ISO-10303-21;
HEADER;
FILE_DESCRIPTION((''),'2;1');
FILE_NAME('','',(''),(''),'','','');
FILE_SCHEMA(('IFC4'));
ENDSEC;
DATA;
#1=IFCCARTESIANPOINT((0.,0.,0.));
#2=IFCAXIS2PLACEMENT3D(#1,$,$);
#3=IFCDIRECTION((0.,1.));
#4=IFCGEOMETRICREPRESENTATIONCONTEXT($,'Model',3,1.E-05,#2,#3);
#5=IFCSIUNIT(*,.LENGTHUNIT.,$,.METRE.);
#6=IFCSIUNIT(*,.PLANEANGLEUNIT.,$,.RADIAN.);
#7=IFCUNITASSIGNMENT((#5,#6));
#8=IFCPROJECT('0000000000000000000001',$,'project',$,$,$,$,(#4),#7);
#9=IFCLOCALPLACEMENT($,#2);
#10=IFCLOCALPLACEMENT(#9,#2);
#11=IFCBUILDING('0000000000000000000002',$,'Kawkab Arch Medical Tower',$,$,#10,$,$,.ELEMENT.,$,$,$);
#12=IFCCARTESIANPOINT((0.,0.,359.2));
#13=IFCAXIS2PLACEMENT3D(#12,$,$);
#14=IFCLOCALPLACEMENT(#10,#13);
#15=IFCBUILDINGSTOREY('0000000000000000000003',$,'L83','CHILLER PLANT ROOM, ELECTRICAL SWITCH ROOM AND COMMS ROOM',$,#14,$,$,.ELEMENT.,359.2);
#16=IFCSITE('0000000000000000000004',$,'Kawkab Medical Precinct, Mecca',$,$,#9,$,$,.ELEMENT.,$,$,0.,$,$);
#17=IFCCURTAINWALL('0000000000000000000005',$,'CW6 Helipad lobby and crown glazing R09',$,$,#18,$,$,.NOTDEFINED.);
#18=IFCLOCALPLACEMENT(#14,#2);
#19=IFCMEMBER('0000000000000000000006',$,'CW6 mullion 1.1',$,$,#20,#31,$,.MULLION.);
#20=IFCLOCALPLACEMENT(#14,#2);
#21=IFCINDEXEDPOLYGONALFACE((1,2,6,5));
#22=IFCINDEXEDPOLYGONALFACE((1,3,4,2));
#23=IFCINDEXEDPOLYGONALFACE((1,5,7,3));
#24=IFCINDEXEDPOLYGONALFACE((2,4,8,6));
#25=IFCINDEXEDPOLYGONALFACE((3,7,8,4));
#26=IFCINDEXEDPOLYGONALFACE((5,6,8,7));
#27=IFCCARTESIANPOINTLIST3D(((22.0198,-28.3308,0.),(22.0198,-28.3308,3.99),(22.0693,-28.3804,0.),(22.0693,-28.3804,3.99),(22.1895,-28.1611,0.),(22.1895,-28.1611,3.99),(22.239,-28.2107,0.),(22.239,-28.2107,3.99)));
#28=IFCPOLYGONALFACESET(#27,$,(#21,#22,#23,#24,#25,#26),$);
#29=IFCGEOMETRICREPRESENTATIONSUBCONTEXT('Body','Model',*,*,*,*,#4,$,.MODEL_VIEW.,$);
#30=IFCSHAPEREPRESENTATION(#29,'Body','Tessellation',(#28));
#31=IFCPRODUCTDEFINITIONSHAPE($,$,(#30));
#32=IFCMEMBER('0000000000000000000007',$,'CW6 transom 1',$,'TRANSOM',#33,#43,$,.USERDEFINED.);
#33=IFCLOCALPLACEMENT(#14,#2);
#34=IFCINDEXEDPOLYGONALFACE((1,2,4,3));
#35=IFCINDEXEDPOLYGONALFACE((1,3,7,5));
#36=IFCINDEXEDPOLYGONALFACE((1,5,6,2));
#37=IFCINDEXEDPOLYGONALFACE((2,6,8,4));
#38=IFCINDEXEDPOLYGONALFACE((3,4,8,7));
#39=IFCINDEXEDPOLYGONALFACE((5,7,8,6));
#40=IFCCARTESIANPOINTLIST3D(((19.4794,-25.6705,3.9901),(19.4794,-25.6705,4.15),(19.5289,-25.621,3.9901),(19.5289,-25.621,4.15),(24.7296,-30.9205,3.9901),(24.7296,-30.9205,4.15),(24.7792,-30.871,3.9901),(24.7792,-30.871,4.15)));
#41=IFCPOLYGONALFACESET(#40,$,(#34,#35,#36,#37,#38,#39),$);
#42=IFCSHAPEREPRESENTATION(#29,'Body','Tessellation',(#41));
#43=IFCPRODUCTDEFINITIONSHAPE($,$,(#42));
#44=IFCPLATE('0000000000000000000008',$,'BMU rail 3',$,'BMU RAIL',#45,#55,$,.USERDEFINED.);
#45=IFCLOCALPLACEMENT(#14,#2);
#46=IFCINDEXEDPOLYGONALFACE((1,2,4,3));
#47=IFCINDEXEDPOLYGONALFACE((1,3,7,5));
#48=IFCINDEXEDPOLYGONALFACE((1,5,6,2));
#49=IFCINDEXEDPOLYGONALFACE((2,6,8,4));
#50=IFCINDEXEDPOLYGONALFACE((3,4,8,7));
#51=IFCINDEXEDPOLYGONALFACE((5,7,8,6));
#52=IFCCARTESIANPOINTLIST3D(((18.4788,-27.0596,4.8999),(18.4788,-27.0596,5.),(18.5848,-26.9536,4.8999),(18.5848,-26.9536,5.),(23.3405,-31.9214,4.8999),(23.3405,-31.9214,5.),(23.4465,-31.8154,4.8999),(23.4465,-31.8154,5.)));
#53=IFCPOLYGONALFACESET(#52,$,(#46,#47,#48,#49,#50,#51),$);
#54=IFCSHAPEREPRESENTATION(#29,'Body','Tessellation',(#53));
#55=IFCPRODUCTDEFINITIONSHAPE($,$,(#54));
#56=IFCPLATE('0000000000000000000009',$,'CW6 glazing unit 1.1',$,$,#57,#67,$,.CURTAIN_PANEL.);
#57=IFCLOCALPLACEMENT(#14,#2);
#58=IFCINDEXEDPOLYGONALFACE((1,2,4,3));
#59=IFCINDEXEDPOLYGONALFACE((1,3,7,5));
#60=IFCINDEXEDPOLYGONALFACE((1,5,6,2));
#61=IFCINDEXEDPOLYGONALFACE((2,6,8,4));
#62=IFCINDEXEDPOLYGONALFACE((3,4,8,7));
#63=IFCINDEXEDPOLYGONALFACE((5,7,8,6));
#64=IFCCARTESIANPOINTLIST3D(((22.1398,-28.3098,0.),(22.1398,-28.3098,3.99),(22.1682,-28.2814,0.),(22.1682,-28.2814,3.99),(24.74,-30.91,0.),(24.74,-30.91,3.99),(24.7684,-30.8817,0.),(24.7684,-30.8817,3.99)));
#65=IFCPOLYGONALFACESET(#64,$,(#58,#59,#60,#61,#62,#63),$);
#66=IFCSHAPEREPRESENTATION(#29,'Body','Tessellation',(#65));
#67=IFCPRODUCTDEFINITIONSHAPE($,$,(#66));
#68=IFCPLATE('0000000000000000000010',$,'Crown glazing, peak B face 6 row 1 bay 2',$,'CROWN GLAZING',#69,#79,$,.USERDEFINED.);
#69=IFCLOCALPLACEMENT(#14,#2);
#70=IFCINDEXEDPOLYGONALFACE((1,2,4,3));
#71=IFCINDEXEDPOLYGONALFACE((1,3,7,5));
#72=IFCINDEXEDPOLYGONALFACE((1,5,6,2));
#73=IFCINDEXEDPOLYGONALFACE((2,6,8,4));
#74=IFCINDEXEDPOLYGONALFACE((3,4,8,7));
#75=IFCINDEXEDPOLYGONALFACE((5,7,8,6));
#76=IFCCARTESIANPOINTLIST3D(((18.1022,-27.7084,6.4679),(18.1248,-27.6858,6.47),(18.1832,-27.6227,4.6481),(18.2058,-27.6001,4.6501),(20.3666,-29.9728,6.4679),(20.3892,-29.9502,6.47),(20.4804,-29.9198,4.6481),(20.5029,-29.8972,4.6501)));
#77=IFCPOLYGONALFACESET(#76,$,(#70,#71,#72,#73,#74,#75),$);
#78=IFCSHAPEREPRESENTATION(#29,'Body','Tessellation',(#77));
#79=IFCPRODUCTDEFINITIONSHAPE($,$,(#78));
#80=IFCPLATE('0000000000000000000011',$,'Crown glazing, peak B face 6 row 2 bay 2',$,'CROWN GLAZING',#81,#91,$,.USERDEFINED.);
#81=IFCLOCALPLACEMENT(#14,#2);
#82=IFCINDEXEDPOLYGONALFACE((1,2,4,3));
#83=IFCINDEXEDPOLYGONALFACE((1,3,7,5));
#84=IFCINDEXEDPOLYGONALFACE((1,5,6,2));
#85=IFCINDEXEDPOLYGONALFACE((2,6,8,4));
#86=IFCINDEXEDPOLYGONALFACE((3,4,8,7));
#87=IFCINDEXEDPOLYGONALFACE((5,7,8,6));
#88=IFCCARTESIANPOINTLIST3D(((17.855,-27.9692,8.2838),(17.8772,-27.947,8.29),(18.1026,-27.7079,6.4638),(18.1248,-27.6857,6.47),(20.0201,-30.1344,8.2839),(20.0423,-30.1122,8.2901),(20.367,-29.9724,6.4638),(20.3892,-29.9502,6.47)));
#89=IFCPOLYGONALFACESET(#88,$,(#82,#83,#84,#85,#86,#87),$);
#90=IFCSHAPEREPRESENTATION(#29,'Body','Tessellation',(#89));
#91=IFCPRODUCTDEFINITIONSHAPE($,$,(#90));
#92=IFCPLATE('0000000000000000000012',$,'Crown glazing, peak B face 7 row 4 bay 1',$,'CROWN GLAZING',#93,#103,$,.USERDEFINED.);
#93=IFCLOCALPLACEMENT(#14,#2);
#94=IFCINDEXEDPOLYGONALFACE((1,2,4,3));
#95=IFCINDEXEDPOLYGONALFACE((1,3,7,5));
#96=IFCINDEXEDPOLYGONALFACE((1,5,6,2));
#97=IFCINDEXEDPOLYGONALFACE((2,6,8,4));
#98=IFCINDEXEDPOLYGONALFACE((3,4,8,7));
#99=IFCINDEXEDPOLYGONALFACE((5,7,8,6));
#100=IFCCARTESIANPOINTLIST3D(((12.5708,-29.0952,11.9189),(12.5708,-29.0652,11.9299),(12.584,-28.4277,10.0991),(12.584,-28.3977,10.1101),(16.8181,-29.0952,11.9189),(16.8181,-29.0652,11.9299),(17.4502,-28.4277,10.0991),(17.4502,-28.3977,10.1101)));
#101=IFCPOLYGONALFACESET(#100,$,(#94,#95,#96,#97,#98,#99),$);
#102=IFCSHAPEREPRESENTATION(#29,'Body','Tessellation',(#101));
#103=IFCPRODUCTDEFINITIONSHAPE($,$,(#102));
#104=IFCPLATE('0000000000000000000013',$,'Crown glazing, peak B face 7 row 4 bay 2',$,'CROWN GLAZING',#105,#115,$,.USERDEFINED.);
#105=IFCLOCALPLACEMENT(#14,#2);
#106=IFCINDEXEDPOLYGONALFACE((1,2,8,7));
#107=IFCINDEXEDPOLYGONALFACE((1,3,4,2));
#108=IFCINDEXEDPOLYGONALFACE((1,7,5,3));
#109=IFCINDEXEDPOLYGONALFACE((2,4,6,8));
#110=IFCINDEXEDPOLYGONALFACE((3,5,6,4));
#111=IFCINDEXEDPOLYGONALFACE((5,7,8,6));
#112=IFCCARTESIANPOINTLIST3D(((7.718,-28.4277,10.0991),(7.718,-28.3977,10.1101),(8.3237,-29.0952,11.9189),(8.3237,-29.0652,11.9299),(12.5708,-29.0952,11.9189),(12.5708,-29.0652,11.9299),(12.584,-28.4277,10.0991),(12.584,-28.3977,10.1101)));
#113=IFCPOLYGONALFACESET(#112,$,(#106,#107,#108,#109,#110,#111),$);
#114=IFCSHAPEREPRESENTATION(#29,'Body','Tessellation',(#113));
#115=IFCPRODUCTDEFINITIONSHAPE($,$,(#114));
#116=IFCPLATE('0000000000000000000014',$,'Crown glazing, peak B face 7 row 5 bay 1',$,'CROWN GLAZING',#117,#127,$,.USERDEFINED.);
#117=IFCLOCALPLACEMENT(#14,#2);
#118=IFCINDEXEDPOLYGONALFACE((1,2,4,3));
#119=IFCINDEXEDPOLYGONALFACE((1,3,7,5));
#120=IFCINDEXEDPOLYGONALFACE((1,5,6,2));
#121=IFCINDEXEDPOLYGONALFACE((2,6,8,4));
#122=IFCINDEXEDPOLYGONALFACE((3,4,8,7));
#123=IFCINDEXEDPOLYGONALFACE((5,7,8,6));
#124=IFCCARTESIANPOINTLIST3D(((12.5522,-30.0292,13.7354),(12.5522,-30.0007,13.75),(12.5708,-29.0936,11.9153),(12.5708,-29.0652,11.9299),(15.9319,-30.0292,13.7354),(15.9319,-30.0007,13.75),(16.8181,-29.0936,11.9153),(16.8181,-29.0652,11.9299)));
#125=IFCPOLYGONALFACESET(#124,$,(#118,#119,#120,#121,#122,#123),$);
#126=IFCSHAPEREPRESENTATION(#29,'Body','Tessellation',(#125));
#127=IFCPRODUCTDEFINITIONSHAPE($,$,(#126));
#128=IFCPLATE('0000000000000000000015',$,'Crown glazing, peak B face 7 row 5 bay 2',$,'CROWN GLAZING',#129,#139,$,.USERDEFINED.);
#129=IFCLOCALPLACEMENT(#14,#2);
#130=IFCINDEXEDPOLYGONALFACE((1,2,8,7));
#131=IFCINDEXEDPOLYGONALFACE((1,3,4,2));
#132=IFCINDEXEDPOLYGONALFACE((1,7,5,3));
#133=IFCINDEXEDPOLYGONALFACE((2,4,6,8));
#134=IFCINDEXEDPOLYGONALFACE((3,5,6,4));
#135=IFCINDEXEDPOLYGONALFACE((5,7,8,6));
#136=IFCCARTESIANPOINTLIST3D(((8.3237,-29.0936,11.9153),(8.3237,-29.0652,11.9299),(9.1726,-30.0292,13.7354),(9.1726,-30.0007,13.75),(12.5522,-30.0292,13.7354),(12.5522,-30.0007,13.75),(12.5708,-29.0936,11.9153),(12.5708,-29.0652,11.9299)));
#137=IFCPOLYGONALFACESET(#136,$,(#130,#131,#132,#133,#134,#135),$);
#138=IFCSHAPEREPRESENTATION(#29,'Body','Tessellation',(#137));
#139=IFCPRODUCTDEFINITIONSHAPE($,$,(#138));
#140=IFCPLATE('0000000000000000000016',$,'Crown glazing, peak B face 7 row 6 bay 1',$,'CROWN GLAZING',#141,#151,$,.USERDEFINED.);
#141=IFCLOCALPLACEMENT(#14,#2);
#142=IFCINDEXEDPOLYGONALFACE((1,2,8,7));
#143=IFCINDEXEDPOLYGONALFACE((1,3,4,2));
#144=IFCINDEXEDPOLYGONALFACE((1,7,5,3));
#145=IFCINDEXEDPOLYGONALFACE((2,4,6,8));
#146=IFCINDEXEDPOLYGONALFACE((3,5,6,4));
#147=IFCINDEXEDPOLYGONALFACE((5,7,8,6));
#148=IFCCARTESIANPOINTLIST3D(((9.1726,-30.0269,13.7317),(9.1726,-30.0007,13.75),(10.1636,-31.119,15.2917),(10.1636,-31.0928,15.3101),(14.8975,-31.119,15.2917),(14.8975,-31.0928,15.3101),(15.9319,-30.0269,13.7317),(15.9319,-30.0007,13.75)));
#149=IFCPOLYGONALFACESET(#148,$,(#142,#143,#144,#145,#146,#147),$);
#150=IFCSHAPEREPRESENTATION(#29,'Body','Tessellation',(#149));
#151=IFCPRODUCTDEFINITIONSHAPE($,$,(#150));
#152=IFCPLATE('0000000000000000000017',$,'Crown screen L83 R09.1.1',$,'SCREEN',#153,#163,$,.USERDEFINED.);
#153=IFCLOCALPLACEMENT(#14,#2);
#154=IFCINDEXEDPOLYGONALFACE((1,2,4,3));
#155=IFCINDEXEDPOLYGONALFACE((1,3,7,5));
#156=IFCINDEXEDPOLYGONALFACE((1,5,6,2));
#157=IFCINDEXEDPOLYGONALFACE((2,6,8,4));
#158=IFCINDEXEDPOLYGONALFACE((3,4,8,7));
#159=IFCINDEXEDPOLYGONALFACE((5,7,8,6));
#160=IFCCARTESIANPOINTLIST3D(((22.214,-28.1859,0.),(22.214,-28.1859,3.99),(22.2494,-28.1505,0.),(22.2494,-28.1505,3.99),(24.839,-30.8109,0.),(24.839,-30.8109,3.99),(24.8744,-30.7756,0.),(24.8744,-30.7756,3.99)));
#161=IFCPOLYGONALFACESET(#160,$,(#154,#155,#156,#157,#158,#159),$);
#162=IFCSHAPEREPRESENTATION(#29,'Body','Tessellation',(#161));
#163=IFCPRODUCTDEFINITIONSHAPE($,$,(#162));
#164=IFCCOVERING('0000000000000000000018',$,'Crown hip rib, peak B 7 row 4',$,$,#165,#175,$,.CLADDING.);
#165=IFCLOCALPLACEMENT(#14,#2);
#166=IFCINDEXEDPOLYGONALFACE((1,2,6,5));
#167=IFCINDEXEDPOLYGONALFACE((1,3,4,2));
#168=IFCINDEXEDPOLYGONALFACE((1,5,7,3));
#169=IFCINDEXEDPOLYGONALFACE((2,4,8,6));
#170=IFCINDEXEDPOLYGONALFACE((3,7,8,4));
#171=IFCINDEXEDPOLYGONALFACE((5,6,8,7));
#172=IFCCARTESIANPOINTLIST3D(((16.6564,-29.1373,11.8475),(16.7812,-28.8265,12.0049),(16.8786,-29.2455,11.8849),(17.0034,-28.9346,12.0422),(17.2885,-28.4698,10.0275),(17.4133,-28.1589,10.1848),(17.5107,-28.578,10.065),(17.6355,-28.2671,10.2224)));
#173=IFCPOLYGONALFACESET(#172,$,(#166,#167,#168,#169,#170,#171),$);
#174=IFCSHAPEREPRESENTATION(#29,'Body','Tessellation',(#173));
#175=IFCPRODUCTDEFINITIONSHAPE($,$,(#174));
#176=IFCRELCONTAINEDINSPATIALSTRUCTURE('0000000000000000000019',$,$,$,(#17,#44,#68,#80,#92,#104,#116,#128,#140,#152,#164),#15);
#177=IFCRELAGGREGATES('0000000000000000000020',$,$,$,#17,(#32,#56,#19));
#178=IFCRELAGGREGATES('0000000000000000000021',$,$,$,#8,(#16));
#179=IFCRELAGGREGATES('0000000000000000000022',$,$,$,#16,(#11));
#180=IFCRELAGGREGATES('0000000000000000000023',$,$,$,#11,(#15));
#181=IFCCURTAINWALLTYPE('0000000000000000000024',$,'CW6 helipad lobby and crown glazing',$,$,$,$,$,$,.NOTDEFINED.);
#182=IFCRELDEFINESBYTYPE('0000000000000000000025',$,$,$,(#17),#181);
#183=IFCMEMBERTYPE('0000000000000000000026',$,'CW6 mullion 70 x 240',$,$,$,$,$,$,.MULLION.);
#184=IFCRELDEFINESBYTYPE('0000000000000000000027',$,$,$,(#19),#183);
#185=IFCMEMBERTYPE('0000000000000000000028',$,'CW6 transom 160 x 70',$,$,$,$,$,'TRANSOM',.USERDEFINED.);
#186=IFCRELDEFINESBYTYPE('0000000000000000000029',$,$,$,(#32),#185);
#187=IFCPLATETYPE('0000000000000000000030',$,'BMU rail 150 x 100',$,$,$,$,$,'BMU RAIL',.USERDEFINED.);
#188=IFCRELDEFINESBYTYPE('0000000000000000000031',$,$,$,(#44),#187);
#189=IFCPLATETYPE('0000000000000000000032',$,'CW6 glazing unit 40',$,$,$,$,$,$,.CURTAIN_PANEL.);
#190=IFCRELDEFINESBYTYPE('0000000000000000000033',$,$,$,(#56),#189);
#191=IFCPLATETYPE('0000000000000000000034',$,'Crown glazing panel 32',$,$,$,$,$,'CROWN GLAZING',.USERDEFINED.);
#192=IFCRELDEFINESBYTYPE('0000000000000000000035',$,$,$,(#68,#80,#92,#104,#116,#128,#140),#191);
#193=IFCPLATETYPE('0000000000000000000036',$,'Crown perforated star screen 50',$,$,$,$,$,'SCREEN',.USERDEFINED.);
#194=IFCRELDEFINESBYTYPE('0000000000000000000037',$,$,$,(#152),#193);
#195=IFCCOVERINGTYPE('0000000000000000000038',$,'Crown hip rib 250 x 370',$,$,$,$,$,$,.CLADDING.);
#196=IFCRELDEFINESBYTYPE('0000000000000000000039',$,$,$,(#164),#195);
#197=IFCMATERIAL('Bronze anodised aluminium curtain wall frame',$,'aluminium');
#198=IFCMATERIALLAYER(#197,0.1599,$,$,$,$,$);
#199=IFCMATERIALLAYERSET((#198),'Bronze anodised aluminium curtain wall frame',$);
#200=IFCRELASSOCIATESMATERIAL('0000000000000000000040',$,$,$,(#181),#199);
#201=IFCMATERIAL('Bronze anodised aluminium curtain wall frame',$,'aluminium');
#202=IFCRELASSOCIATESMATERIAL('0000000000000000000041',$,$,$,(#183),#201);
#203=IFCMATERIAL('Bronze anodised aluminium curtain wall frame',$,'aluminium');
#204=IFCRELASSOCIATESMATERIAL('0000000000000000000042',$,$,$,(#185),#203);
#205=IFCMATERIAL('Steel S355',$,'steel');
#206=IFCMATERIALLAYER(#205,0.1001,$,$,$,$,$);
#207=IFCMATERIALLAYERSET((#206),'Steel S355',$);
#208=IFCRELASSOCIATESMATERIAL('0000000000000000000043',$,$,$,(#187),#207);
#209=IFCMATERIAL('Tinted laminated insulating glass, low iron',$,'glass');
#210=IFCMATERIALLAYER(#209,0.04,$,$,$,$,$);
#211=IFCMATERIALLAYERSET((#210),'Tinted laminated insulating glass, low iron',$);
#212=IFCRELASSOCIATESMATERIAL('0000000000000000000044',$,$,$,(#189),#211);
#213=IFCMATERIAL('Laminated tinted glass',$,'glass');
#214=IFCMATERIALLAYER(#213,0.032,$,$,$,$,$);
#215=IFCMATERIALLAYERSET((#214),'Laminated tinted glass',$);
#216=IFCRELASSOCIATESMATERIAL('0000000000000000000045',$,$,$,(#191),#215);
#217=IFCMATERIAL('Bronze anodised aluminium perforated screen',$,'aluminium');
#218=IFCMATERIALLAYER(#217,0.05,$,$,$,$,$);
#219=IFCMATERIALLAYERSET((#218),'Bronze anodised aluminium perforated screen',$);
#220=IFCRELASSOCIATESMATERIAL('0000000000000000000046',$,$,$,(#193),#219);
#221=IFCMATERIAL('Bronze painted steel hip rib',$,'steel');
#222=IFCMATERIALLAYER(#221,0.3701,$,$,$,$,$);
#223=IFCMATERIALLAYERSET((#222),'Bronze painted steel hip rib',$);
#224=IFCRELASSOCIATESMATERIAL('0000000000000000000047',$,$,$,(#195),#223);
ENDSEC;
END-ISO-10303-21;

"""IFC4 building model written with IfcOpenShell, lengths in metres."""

from ifc_helpers import new_model, si_unit, direction, frame, origin, origin_2d, place, context, subcontext, project, spatial, polyline, rectangle, outline, extrude, material, layer, layer_set, material_profile, profile_set, type_object, element, aggregate, save


model = new_model("IFC4")

# Units and contexts
model_context = context("Model", 3, precision=1e-05, world=origin(), true_north=direction((0.0, 1.0)))
body_context = subcontext(model_context, "Body", "Model", "MODEL_VIEW")
ifc_project = project(units=[si_unit("LENGTHUNIT", "METRE"), si_unit("PLANEANGLEUNIT", "RADIAN")], contexts=[model_context])

# Site, building, storey
site_placement = place(None, origin())
site = spatial("IfcSite", under=ifc_project, at=site_placement, Name="Kawkab Medical Precinct, Mecca", CompositionType="ELEMENT", RefElevation=0.0)
building_placement = place(site_placement, origin())
building = spatial("IfcBuilding", under=site, at=building_placement, Name="Kawkab Arch Medical Tower", CompositionType="ELEMENT")
storey_placement = place(building_placement, frame((0.0, 0.0, 359.2)))
storey = spatial("IfcBuildingStorey", under=building, at=storey_placement, Name="L83", Description="CHILLER PLANT ROOM, ELECTRICAL SWITCH ROOM AND COMMS ROOM", CompositionType="ELEMENT", Elevation=359.2)

# Curtain wall, members
ifc_material_1 = material(Name="Bronze anodised aluminium curtain wall frame", Category="aluminium")
ifc_layer_1 = layer(ifc_material_1, 0.1599)
ifc_layer_set_1 = layer_set([ifc_layer_1], Name="Bronze anodised aluminium curtain wall frame")
curtain_wall_type = type_object("IfcCurtainWallType", Name="CW6 helipad lobby and crown glazing", PredefinedType="NOTDEFINED", material=ifc_layer_set_1)
curtain_wall_placement = place(storey_placement, origin())
curtain_wall = element("IfcCurtainWall", 1, at=curtain_wall_placement, inside=storey, type_object=curtain_wall_type, Name="CW6 Helipad lobby and crown glazing R09", PredefinedType="NOTDEFINED")
ifc_material_2 = material(Name="Bronze anodised aluminium curtain wall frame", Category="aluminium")
ifc_material_profile_1 = material_profile(ifc_material_2, rectangle(XDim=0.24, YDim=0.0701, at=origin_2d()), Name="AL 70x240")
ifc_profile_set_1 = profile_set([ifc_material_profile_1], Name="Bronze anodised aluminium curtain wall frame")
member_type_1 = type_object("IfcMemberType", Name="CW6 mullion 70 x 240", PredefinedType="MULLION", material=ifc_profile_set_1)
member_1_placement = place(storey_placement, frame((22.1294, -28.2708, 0.0), z_axis=(0.0, 0.0, 1.0), x_axis=(-0.707107, -0.707107, 0.0)))
member_1 = element("IfcMember", 2, at=member_1_placement, type_object=member_type_1, Name="CW6 mullion 1.1", PredefinedType="MULLION", context=body_context, shape_type="SweptSolid", body=[
    extrude(rectangle(XDim=0.24, YDim=0.0701, at=origin_2d()), origin(), (0.0, 0.0, 1.0), 3.99),
])
ifc_material_3 = material(Name="Bronze anodised aluminium curtain wall frame", Category="aluminium")
ifc_material_profile_2 = material_profile(ifc_material_3, rectangle(XDim=0.0701, YDim=0.1599, at=origin_2d()), Name="AL 70x160")
ifc_profile_set_2 = profile_set([ifc_material_profile_2], Name="Bronze anodised aluminium curtain wall frame")
member_type_2 = type_object("IfcMemberType", Name="CW6 transom 160 x 70", ElementType="TRANSOM", PredefinedType="USERDEFINED", material=ifc_profile_set_2)
member_2_placement = place(storey_placement, frame((24.7544, -30.8958, 4.0701), z_axis=(-0.707123, 0.70709, 0.0), x_axis=(-0.70709, -0.707123, 0.0)))
member_2 = element("IfcMember", 3, at=member_2_placement, type_object=member_type_2, Name="CW6 transom 1", ObjectType="TRANSOM", PredefinedType="USERDEFINED", context=body_context, shape_type="SweptSolid", body=[
    extrude(rectangle(XDim=0.0701, YDim=0.1599, at=origin_2d()), origin(), (0.0, 0.0, 1.0), 7.4248),
])

# Plates
ifc_material_4 = material(Name="Steel S355", Category="steel")
ifc_layer_2 = layer(ifc_material_4, 0.1001)
ifc_layer_set_2 = layer_set([ifc_layer_2], Name="Steel S355")
plate_type_1 = type_object("IfcPlateType", Name="BMU rail 150 x 100", ElementType="BMU RAIL", PredefinedType="USERDEFINED", material=ifc_layer_set_2)
plate_1_placement = place(storey_placement, frame((20.9626, -29.4375, 4.8999), z_axis=(0.0, 0.0, 1.0), x_axis=(0.707107, -0.707107, 0.0)))
element("IfcPlate", 4, at=plate_1_placement, inside=storey, type_object=plate_type_1, Name="BMU rail 3", ObjectType="BMU RAIL", PredefinedType="USERDEFINED", context=body_context, shape_type="SweptSolid", body=[
    extrude(rectangle(XDim=6.8755, YDim=0.1499, at=origin_2d()), origin(), (0.0, 0.0, 1.0), 0.1001),
])
ifc_material_5 = material(Name="Tinted laminated insulating glass, low iron", Category="glass")
ifc_layer_3 = layer(ifc_material_5, 0.04)
ifc_layer_set_3 = layer_set([ifc_layer_3], Name="Tinted laminated insulating glass, low iron")
plate_type_2 = type_object("IfcPlateType", Name="CW6 glazing unit 40", PredefinedType="CURTAIN_PANEL", material=ifc_layer_set_3)
plate_2_placement = place(storey_placement, frame((23.4541, -29.5957, 0.0), z_axis=(0.0, 0.0, 1.0), x_axis=(-0.707107, 0.707107, 0.0)))
plate_2 = element("IfcPlate", 5, at=plate_2_placement, type_object=plate_type_2, Name="CW6 glazing unit 1.1", PredefinedType="CURTAIN_PANEL", context=body_context, shape_type="SweptSolid", body=[
    extrude(rectangle(XDim=3.6772, YDim=0.04, at=origin_2d()), origin(), (0.0, 0.0, 1.0), 3.99),
])
aggregate(curtain_wall, [member_2, plate_2, member_1])

# Plates
ifc_material_6 = material(Name="Laminated tinted glass", Category="glass")
ifc_layer_4 = layer(ifc_material_6, 0.032)
ifc_layer_set_4 = layer_set([ifc_layer_4], Name="Laminated tinted glass")
plate_type_3 = type_object("IfcPlateType", Name="Crown glazing panel 32", ElementType="CROWN GLAZING", PredefinedType="USERDEFINED", material=ifc_layer_set_4)
plate_3_placement = place(storey_placement, frame((20.5029, -29.8972, 4.6501), z_axis=(0.705627, 0.705627, 0.064656), x_axis=(-0.707107, 0.707107, 0.0)))
element("IfcPlate", 6, at=plate_3_placement, inside=storey, type_object=plate_type_3, Name="Crown glazing, peak B face 6 row 1 bay 2", ObjectType="CROWN GLAZING", PredefinedType="USERDEFINED", context=body_context, shape_type="SweptSolid", body=[
    extrude(outline(polyline([(0.0, 0.0), (3.2486, 0.0), (3.2453, 1.8236), (0.043, 1.8236), (0.0, 0.0)])), origin(), (0.0, 0.0, -1.0), 0.032),
])
plate_4_placement = place(storey_placement, frame((20.3892, -29.9502, 6.47), z_axis=(0.693697, 0.693659, 0.193961), x_axis=(-0.707088, 0.707126, 0.000005)))
element("IfcPlate", 7, at=plate_4_placement, inside=storey, type_object=plate_type_3, Name="Crown glazing, peak B face 6 row 2 bay 2", ObjectType="CROWN GLAZING", PredefinedType="USERDEFINED", context=body_context, shape_type="SweptSolid", body=[
    extrude(outline(polyline([(0.0, 0.0), (3.2024, 0.0), (3.1927, 1.8553), (0.1307, 1.8553), (0.0, 0.0)])), origin(), (0.0, 0.0, -1.0), 0.032),
])
plate_5_placement = place(storey_placement, frame((17.4502, -28.3977, 10.1101), z_axis=(0.0, 0.938841, 0.344351), x_axis=(-1.0, 0.0, 0.0)))
element("IfcPlate", 8, at=plate_5_placement, inside=storey, type_object=plate_type_3, Name="Crown glazing, peak B face 7 row 4 bay 1", ObjectType="CROWN GLAZING", PredefinedType="USERDEFINED", context=body_context, shape_type="SweptSolid", body=[
    extrude(outline(polyline([(0.0, 0.0), (4.8662, 0.0), (4.8794, 1.9384), (0.6321, 1.9384), (0.0, 0.0)])), origin(), (0.0, 0.0, -1.0), 0.032),
])
plate_6_placement = place(storey_placement, frame((12.584, -28.3977, 10.1101), z_axis=(0.0, 0.938841, 0.344351), x_axis=(-1.0, 0.0, 0.0)))
element("IfcPlate", 9, at=plate_6_placement, inside=storey, type_object=plate_type_3, Name="Crown glazing, peak B face 7 row 4 bay 2", ObjectType="CROWN GLAZING", PredefinedType="USERDEFINED", context=body_context, shape_type="SweptSolid", body=[
    extrude(outline(polyline([(0.0, 0.0), (4.866, 0.0), (4.2603, 1.9384), (0.0132, 1.9384), (0.0, 0.0)])), origin(), (0.0, 0.0, -1.0), 0.032),
])
plate_7_placement = place(storey_placement, frame((16.8181, -29.0652, 11.9299), z_axis=(0.0, 0.889385, 0.457159), x_axis=(-1.0, 0.0, 0.0)))
element("IfcPlate", 10, at=plate_7_placement, inside=storey, type_object=plate_type_3, Name="Crown glazing, peak B face 7 row 5 bay 1", ObjectType="CROWN GLAZING", PredefinedType="USERDEFINED", context=body_context, shape_type="SweptSolid", body=[
    extrude(outline(polyline([(0.0, 0.0), (4.2473, 0.0), (4.2659, 2.0464), (0.8862, 2.0464), (0.0, 0.0)])), origin(), (0.0, 0.0, -1.0), 0.032),
])
plate_8_placement = place(storey_placement, frame((12.5708, -29.0652, 11.9299), z_axis=(0.0, 0.889385, 0.457159), x_axis=(-1.0, 0.0, 0.0)))
element("IfcPlate", 11, at=plate_8_placement, inside=storey, type_object=plate_type_3, Name="Crown glazing, peak B face 7 row 5 bay 2", ObjectType="CROWN GLAZING", PredefinedType="USERDEFINED", context=body_context, shape_type="SweptSolid", body=[
    extrude(outline(polyline([(0.0, 0.0), (4.2471, 0.0), (3.3982, 2.0464), (0.0186, 2.0464), (0.0, 0.0)])), origin(), (0.0, 0.0, -1.0), 0.032),
])
plate_9_placement = place(storey_placement, frame((15.9319, -30.0007, 13.75), z_axis=(0.0, 0.819232, 0.573462), x_axis=(-1.0, 0.0, 0.0)))
element("IfcPlate", 12, at=plate_9_placement, inside=storey, type_object=plate_type_3, Name="Crown glazing, peak B face 7 row 6 bay 1", ObjectType="CROWN GLAZING", PredefinedType="USERDEFINED", context=body_context, shape_type="SweptSolid", body=[
    extrude(outline(polyline([(0.0, 0.0), (6.7593, 0.0), (5.7683, 1.9043), (1.0344, 1.9043), (0.0, 0.0)])), origin(), (0.0, 0.0, -1.0), 0.032),
])
ifc_material_7 = material(Name="Bronze anodised aluminium perforated screen", Category="aluminium")
ifc_layer_5 = layer(ifc_material_7, 0.05)
ifc_layer_set_5 = layer_set([ifc_layer_5], Name="Bronze anodised aluminium perforated screen")
plate_type_4 = type_object("IfcPlateType", Name="Crown perforated star screen 50", ElementType="SCREEN", PredefinedType="USERDEFINED", material=ifc_layer_set_5)
plate_10_placement = place(storey_placement, frame((23.5442, -29.4807, 0.0), z_axis=(0.0, 0.0, 1.0), x_axis=(-0.707107, 0.707107, 0.0)))
element("IfcPlate", 13, at=plate_10_placement, inside=storey, type_object=plate_type_4, Name="Crown screen L83 R09.1.1", ObjectType="SCREEN", PredefinedType="USERDEFINED", context=body_context, shape_type="SweptSolid", body=[
    extrude(rectangle(XDim=3.7124, YDim=0.05, at=origin_2d()), origin(), (0.0, 0.0, 1.0), 3.99),
])

# Covering
ifc_material_8 = material(Name="Bronze painted steel hip rib", Category="steel")
ifc_layer_6 = layer(ifc_material_8, 0.3701)
ifc_layer_set_6 = layer_set([ifc_layer_6], Name="Bronze painted steel hip rib")
covering_type_1 = type_object("IfcCoveringType", Name="Crown hip rib 250 x 370", PredefinedType="CLADDING", material=ifc_layer_set_6)
covering_1_placement = place(storey_placement, frame((17.4133, -28.1589, 10.1848), z_axis=(0.337186, 0.839962, 0.42517), x_axis=(-0.309997, -0.327371, 0.892597)))
element("IfcCovering", 14, at=covering_1_placement, inside=storey, type_object=covering_type_1, Name="Crown hip rib, peak B 7 row 4", PredefinedType="CLADDING", context=body_context, shape_type="SweptSolid", body=[
    extrude(outline(polyline([(0.0, 0.0), (2.039, 0.0), (2.0389, 0.2499), (0.0001, 0.2499), (0.0, 0.0)])), origin(), (0.0, 0.0, -1.0), 0.3701),
])

save(model, "model.ifc")
